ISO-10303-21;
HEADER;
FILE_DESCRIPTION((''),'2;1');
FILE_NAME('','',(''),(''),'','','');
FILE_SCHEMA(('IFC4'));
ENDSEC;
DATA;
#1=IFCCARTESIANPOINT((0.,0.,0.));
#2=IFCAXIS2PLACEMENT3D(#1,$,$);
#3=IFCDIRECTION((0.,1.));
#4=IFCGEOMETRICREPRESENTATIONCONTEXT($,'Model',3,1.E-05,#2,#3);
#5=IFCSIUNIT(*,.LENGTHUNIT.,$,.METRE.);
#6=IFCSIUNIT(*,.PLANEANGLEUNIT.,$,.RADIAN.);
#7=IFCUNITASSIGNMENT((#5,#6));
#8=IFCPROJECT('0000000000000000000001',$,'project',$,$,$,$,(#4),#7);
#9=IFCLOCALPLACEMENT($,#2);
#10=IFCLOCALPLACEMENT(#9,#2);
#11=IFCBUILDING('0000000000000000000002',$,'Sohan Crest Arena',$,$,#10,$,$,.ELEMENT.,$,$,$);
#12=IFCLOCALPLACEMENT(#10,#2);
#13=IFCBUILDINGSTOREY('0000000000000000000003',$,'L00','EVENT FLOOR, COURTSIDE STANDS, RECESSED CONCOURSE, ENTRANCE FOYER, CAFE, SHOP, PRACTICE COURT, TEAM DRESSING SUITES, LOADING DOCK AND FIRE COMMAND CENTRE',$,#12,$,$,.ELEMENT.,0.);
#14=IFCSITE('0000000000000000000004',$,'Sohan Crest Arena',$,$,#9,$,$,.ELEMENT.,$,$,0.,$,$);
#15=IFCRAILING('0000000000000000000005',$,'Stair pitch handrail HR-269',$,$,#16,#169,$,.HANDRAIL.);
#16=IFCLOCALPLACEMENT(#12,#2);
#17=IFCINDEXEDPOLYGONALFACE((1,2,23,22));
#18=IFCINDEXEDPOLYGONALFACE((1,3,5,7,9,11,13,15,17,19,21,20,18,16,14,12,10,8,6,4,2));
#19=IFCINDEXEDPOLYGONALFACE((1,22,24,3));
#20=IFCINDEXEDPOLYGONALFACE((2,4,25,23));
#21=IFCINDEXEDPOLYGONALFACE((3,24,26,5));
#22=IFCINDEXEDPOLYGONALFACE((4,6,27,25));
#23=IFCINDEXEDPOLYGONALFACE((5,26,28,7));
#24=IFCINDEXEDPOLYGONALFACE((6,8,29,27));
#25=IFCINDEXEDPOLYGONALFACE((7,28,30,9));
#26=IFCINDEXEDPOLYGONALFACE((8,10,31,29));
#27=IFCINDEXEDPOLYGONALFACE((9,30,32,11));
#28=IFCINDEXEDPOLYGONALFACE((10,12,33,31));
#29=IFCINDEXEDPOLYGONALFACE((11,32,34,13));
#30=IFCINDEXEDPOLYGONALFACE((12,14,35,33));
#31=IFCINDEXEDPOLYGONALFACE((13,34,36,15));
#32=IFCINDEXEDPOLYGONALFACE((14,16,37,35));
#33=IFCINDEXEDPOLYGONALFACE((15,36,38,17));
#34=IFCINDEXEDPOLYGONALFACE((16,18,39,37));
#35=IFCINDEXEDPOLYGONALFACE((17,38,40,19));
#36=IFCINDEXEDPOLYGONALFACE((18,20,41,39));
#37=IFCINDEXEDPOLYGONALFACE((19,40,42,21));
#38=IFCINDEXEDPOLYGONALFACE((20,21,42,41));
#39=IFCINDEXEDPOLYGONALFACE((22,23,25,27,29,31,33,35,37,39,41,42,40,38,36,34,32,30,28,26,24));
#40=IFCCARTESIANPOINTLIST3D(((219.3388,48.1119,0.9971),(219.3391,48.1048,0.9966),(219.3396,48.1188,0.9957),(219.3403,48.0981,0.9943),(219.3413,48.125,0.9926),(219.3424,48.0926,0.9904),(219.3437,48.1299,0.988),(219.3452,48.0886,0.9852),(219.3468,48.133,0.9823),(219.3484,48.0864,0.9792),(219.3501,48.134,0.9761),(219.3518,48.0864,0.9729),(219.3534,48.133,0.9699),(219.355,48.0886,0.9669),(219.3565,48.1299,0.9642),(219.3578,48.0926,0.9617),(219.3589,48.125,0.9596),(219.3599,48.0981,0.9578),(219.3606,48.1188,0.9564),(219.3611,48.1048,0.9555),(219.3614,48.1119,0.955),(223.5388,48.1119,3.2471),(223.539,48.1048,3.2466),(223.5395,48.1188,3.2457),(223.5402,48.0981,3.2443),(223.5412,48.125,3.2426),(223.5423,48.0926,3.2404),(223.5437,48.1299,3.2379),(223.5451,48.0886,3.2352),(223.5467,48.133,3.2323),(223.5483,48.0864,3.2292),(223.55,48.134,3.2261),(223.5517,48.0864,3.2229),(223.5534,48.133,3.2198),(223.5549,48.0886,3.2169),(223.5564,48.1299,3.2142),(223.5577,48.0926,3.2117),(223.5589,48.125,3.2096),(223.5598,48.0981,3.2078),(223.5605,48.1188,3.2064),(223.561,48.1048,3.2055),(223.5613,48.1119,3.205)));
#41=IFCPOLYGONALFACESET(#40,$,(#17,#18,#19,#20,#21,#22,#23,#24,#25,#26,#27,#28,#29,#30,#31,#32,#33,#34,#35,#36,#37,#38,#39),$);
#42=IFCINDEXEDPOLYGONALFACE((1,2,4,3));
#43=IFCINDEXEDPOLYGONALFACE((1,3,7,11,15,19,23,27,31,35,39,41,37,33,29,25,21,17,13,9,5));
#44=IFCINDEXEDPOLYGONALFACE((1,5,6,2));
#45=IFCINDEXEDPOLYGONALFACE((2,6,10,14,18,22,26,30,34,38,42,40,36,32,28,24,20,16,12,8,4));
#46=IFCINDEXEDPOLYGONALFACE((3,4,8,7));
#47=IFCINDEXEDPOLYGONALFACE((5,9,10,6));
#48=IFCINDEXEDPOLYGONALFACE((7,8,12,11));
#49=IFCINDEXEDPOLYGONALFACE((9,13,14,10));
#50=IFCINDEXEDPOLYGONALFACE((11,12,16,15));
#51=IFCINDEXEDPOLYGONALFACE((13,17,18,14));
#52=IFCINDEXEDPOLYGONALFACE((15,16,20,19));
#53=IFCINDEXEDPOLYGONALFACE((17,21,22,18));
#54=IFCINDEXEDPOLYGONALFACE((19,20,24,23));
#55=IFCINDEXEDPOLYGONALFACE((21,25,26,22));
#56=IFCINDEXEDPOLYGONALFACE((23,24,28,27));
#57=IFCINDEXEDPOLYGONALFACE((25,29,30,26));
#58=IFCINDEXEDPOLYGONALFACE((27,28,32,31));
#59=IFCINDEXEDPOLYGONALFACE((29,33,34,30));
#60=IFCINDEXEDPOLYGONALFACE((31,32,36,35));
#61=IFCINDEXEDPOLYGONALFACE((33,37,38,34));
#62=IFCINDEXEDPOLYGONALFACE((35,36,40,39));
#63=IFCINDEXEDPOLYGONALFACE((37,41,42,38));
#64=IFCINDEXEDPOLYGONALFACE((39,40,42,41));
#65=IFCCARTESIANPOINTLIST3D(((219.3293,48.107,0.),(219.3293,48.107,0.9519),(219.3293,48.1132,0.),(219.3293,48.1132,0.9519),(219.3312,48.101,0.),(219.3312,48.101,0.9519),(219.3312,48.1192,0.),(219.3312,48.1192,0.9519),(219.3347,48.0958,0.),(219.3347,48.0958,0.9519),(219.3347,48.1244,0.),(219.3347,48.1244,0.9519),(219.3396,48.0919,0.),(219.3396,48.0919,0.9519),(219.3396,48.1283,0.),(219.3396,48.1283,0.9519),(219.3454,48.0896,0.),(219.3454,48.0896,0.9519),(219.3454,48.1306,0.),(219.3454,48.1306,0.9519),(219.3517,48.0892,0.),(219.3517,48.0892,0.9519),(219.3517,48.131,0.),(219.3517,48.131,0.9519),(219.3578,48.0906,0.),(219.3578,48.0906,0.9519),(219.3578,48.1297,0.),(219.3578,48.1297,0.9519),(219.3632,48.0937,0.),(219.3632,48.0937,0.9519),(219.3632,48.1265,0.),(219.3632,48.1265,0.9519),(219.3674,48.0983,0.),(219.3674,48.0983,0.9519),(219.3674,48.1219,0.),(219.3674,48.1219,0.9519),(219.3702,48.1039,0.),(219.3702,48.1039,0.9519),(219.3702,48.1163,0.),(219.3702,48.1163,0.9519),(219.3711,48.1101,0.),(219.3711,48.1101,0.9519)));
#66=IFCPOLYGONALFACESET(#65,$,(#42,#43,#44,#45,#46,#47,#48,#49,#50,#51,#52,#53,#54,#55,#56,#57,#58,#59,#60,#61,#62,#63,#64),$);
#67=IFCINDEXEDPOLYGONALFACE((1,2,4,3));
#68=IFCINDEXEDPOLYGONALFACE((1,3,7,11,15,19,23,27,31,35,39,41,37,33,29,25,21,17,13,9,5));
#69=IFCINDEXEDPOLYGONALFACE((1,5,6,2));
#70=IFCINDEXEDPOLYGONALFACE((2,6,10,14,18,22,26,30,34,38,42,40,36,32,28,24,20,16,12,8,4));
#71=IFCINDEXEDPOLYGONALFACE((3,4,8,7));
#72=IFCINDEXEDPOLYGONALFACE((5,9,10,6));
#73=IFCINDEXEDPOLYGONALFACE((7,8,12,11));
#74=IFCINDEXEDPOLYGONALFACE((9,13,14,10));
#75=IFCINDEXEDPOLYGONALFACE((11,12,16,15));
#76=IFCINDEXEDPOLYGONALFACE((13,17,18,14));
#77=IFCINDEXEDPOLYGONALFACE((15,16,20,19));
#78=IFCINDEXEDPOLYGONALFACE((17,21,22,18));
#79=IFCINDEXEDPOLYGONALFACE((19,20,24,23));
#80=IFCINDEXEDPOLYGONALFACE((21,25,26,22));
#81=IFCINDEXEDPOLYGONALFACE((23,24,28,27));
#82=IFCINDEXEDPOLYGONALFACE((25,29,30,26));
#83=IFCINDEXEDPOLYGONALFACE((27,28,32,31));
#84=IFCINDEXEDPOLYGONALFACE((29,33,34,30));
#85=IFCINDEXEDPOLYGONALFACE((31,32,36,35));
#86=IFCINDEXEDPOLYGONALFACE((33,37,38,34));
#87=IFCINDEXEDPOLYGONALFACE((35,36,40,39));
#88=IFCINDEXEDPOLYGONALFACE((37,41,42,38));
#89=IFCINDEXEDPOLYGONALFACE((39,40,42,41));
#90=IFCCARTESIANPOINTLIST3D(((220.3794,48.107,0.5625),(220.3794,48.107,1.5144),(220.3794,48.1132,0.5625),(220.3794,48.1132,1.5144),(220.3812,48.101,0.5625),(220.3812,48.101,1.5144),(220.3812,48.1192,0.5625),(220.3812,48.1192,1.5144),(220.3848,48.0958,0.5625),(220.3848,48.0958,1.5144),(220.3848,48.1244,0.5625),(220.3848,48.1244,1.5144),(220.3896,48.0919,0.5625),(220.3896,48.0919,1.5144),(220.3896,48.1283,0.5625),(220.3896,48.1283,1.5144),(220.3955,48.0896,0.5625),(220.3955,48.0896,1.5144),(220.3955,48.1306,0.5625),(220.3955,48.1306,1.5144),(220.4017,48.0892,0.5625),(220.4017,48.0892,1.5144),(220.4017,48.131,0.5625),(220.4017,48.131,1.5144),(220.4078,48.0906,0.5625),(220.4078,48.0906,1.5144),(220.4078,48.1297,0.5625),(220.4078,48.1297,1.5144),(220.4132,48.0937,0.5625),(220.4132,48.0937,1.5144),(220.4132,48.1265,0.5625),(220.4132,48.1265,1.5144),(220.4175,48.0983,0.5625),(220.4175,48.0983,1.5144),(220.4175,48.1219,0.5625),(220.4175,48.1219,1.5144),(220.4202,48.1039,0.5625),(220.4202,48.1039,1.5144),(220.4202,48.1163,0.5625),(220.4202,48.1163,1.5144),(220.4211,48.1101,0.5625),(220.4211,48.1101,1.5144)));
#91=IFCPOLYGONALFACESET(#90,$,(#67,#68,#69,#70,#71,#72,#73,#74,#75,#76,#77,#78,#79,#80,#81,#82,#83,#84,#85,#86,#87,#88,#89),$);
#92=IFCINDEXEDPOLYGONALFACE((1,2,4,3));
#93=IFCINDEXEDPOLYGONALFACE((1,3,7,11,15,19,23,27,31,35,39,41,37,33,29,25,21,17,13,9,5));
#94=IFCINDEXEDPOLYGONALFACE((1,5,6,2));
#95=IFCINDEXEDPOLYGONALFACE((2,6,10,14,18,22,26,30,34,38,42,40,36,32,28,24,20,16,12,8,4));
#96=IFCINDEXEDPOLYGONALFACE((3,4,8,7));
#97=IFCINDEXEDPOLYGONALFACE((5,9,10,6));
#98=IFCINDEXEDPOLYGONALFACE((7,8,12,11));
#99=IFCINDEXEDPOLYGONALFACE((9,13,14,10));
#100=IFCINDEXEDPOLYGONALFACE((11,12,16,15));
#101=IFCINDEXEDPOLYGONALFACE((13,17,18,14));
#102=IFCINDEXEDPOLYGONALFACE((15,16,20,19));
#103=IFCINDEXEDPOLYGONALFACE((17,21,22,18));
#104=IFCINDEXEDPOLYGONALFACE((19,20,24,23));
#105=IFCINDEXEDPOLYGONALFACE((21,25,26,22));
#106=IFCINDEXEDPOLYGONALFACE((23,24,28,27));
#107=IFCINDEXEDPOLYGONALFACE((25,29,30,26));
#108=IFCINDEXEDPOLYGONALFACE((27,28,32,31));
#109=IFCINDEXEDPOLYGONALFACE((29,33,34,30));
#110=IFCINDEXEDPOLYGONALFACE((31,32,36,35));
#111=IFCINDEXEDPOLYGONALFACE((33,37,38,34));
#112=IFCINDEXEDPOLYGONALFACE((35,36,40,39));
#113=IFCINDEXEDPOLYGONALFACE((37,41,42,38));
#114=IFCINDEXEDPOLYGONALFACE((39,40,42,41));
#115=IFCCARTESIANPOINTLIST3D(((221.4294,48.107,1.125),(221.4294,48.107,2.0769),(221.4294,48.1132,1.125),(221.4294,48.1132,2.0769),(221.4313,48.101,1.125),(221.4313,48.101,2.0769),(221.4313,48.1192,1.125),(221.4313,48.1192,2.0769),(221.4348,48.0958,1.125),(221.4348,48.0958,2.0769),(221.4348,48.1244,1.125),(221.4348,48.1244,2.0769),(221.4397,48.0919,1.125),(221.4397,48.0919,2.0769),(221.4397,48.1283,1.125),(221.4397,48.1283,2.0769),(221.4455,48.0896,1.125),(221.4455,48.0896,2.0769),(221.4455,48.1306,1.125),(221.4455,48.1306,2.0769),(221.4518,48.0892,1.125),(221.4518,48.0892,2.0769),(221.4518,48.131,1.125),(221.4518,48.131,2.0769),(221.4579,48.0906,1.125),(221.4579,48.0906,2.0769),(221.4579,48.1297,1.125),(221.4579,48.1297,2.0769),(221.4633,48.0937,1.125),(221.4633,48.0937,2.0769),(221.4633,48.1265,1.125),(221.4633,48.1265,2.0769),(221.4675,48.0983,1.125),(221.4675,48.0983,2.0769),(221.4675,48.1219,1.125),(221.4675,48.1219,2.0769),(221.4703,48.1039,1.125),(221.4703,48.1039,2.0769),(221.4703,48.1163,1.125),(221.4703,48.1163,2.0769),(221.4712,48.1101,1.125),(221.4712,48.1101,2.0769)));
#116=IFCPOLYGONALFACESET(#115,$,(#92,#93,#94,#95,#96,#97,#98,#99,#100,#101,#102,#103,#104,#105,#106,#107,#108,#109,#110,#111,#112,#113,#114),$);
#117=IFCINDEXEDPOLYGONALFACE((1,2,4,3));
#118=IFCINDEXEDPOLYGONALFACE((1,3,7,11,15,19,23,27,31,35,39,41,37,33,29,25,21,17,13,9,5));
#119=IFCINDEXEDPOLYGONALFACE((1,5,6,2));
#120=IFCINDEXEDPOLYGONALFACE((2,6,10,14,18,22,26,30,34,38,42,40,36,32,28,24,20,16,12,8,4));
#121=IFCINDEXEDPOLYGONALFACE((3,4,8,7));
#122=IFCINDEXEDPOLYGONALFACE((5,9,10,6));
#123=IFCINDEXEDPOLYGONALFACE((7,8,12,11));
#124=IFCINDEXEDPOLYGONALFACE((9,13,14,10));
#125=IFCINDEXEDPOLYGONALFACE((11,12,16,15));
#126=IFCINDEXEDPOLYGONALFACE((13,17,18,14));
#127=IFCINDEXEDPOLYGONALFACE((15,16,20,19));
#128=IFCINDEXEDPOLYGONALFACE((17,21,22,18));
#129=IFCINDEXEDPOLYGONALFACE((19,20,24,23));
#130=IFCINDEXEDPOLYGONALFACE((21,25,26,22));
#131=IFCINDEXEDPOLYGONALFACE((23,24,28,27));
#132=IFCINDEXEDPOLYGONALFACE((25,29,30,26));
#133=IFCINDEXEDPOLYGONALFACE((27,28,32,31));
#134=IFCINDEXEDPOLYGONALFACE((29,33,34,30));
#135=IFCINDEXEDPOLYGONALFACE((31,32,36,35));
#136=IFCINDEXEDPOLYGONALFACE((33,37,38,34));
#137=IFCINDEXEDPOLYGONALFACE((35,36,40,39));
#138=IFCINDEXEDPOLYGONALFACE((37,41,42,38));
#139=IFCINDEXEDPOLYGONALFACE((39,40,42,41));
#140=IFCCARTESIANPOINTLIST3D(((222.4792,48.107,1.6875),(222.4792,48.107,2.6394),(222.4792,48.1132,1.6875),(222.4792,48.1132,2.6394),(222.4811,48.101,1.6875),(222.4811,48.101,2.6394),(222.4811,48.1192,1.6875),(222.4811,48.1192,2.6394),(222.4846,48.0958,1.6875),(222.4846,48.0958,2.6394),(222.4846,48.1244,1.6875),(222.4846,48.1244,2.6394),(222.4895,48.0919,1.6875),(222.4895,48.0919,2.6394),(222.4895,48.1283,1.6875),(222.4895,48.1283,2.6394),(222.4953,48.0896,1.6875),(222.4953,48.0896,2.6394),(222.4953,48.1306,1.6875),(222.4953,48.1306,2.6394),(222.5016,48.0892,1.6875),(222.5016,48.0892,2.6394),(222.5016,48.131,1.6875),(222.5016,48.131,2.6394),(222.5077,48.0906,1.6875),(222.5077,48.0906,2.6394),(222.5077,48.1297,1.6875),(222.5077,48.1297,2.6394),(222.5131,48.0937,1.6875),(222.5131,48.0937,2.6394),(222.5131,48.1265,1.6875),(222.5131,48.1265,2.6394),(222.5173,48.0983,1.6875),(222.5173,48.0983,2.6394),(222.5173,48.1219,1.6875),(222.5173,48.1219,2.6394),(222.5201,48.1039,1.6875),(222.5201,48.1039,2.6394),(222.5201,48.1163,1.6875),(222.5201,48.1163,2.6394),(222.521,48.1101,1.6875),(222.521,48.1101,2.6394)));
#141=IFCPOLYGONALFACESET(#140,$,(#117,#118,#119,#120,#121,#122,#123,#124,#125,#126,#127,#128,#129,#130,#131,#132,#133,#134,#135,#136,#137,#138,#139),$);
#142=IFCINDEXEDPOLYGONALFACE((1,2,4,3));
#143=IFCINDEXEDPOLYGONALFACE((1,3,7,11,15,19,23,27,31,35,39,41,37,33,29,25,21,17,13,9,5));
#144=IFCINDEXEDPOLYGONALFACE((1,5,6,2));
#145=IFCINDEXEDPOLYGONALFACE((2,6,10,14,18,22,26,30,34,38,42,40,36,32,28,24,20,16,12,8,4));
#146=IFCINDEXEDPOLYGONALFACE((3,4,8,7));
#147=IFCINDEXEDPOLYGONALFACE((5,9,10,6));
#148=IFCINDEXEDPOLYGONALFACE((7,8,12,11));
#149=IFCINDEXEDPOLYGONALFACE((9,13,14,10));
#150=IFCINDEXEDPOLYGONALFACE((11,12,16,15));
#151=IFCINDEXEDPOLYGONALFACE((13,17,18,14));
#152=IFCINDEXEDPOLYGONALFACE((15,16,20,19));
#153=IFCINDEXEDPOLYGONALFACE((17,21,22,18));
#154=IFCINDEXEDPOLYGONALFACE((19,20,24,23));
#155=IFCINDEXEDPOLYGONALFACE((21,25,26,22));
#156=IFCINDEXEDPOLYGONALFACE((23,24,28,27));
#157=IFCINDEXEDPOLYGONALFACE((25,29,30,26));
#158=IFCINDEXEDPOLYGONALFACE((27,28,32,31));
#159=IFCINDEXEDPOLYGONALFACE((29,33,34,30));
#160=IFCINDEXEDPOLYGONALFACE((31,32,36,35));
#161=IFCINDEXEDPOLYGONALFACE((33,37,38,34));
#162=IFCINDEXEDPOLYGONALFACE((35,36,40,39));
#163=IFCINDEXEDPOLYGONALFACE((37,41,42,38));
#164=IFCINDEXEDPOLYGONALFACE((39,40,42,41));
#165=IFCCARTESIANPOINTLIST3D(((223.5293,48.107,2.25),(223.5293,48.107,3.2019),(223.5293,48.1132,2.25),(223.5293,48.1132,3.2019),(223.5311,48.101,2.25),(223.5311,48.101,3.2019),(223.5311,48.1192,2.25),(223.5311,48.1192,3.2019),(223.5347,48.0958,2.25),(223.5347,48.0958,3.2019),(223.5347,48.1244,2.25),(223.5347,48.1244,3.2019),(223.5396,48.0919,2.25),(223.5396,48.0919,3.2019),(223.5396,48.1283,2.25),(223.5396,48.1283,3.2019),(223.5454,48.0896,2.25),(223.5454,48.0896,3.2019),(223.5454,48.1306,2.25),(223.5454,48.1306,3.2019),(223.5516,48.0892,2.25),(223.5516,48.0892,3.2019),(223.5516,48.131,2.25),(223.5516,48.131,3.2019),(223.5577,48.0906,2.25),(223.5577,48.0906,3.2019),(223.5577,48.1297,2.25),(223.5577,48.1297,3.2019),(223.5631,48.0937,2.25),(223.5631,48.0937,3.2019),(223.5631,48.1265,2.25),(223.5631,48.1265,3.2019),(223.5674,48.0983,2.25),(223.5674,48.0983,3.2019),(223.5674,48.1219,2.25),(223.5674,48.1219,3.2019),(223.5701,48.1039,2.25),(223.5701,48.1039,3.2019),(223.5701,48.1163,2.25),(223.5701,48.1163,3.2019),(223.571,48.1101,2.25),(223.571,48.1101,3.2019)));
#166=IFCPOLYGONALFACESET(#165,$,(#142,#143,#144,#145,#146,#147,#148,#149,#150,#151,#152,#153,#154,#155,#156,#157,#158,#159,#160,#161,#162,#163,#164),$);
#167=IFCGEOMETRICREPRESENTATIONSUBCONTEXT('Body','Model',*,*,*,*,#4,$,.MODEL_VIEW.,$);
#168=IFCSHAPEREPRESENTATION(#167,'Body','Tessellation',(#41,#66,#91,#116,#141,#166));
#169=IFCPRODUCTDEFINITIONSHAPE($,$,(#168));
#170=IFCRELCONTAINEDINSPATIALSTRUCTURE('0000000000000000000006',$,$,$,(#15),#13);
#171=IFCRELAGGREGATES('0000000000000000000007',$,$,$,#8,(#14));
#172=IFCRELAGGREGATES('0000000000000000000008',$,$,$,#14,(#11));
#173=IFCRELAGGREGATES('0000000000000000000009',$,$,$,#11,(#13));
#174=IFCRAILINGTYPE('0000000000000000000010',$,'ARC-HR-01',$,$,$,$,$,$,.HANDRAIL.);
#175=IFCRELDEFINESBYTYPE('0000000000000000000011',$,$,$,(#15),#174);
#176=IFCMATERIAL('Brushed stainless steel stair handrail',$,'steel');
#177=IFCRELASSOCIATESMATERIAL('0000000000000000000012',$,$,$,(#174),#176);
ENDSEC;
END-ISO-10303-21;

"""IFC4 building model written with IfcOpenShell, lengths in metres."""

from ifc_helpers import new_model, si_unit, direction, frame, origin, origin_2d, place, context, subcontext, project, spatial, circle, extrude, material, type_object, element, save


model = new_model("IFC4")

# Units and contexts
model_context = context("Model", 3, precision=1e-05, world=origin(), true_north=direction((0.0, 1.0)))
body_context = subcontext(model_context, "Body", "Model", "MODEL_VIEW")
ifc_project = project(units=[si_unit("LENGTHUNIT", "METRE"), si_unit("PLANEANGLEUNIT", "RADIAN")], contexts=[model_context])

# Site, building, storey
site_placement = place(None, origin())
site = spatial("IfcSite", under=ifc_project, at=site_placement, Name="Sohan Crest Arena", CompositionType="ELEMENT", RefElevation=0.0)
building_placement = place(site_placement, origin())
building = spatial("IfcBuilding", under=site, at=building_placement, Name="Sohan Crest Arena", CompositionType="ELEMENT")
storey_placement = place(building_placement, origin())
storey = spatial("IfcBuildingStorey", under=building, at=storey_placement, Name="L00", Description="EVENT FLOOR, COURTSIDE STANDS, RECESSED CONCOURSE, ENTRANCE FOYER, CAFE, SHOP, PRACTICE COURT, TEAM DRESSING SUITES, LOADING DOCK AND FIRE COMMAND CENTRE", CompositionType="ELEMENT", Elevation=0.0)

# Railing
ifc_material_1 = material(Name="Brushed stainless steel stair handrail", Category="steel")
railing_type_1 = type_object("IfcRailingType", Name="ARC-HR-01", PredefinedType="HANDRAIL", material=ifc_material_1)
for number, where, name in (
    (1, (219.3501, 48.1101, 0.0), "Stair pitch handrail HR-269"),
):
    element("IfcRailing", number, at=place(storey_placement, frame(where)), inside=storey, type_object=railing_type_1, Name=name, PredefinedType="HANDRAIL", context=body_context, shape_type="SweptSolid", body=[
        extrude(circle(Radius=0.0239, at=origin_2d()), frame((0.0, 0.0, 0.9761), z_axis=(0.881478, 0.0, 0.472226), x_axis=(0.0, 1.0, 0.0)), (0.0, 0.0, 1.0), 4.7646),
        extrude(circle(Radius=0.021, at=origin_2d()), origin(), (0.0, 0.0, 1.0), 0.9519),
        extrude(circle(Radius=0.021, at=origin_2d()), frame((1.05, 0.0, 0.5625)), (0.0, 0.0, 1.0), 0.9519),
        extrude(circle(Radius=0.021, at=origin_2d()), frame((2.1001, 0.0, 1.125)), (0.0, 0.0, 1.0), 0.9519),
        extrude(circle(Radius=0.021, at=origin_2d()), frame((3.1499, 0.0, 1.6875)), (0.0, 0.0, 1.0), 0.9519),
        extrude(circle(Radius=0.021, at=origin_2d()), frame((4.2, 0.0, 2.25)), (0.0, 0.0, 1.0), 0.9519),
    ])

save(model, "model.ifc")
